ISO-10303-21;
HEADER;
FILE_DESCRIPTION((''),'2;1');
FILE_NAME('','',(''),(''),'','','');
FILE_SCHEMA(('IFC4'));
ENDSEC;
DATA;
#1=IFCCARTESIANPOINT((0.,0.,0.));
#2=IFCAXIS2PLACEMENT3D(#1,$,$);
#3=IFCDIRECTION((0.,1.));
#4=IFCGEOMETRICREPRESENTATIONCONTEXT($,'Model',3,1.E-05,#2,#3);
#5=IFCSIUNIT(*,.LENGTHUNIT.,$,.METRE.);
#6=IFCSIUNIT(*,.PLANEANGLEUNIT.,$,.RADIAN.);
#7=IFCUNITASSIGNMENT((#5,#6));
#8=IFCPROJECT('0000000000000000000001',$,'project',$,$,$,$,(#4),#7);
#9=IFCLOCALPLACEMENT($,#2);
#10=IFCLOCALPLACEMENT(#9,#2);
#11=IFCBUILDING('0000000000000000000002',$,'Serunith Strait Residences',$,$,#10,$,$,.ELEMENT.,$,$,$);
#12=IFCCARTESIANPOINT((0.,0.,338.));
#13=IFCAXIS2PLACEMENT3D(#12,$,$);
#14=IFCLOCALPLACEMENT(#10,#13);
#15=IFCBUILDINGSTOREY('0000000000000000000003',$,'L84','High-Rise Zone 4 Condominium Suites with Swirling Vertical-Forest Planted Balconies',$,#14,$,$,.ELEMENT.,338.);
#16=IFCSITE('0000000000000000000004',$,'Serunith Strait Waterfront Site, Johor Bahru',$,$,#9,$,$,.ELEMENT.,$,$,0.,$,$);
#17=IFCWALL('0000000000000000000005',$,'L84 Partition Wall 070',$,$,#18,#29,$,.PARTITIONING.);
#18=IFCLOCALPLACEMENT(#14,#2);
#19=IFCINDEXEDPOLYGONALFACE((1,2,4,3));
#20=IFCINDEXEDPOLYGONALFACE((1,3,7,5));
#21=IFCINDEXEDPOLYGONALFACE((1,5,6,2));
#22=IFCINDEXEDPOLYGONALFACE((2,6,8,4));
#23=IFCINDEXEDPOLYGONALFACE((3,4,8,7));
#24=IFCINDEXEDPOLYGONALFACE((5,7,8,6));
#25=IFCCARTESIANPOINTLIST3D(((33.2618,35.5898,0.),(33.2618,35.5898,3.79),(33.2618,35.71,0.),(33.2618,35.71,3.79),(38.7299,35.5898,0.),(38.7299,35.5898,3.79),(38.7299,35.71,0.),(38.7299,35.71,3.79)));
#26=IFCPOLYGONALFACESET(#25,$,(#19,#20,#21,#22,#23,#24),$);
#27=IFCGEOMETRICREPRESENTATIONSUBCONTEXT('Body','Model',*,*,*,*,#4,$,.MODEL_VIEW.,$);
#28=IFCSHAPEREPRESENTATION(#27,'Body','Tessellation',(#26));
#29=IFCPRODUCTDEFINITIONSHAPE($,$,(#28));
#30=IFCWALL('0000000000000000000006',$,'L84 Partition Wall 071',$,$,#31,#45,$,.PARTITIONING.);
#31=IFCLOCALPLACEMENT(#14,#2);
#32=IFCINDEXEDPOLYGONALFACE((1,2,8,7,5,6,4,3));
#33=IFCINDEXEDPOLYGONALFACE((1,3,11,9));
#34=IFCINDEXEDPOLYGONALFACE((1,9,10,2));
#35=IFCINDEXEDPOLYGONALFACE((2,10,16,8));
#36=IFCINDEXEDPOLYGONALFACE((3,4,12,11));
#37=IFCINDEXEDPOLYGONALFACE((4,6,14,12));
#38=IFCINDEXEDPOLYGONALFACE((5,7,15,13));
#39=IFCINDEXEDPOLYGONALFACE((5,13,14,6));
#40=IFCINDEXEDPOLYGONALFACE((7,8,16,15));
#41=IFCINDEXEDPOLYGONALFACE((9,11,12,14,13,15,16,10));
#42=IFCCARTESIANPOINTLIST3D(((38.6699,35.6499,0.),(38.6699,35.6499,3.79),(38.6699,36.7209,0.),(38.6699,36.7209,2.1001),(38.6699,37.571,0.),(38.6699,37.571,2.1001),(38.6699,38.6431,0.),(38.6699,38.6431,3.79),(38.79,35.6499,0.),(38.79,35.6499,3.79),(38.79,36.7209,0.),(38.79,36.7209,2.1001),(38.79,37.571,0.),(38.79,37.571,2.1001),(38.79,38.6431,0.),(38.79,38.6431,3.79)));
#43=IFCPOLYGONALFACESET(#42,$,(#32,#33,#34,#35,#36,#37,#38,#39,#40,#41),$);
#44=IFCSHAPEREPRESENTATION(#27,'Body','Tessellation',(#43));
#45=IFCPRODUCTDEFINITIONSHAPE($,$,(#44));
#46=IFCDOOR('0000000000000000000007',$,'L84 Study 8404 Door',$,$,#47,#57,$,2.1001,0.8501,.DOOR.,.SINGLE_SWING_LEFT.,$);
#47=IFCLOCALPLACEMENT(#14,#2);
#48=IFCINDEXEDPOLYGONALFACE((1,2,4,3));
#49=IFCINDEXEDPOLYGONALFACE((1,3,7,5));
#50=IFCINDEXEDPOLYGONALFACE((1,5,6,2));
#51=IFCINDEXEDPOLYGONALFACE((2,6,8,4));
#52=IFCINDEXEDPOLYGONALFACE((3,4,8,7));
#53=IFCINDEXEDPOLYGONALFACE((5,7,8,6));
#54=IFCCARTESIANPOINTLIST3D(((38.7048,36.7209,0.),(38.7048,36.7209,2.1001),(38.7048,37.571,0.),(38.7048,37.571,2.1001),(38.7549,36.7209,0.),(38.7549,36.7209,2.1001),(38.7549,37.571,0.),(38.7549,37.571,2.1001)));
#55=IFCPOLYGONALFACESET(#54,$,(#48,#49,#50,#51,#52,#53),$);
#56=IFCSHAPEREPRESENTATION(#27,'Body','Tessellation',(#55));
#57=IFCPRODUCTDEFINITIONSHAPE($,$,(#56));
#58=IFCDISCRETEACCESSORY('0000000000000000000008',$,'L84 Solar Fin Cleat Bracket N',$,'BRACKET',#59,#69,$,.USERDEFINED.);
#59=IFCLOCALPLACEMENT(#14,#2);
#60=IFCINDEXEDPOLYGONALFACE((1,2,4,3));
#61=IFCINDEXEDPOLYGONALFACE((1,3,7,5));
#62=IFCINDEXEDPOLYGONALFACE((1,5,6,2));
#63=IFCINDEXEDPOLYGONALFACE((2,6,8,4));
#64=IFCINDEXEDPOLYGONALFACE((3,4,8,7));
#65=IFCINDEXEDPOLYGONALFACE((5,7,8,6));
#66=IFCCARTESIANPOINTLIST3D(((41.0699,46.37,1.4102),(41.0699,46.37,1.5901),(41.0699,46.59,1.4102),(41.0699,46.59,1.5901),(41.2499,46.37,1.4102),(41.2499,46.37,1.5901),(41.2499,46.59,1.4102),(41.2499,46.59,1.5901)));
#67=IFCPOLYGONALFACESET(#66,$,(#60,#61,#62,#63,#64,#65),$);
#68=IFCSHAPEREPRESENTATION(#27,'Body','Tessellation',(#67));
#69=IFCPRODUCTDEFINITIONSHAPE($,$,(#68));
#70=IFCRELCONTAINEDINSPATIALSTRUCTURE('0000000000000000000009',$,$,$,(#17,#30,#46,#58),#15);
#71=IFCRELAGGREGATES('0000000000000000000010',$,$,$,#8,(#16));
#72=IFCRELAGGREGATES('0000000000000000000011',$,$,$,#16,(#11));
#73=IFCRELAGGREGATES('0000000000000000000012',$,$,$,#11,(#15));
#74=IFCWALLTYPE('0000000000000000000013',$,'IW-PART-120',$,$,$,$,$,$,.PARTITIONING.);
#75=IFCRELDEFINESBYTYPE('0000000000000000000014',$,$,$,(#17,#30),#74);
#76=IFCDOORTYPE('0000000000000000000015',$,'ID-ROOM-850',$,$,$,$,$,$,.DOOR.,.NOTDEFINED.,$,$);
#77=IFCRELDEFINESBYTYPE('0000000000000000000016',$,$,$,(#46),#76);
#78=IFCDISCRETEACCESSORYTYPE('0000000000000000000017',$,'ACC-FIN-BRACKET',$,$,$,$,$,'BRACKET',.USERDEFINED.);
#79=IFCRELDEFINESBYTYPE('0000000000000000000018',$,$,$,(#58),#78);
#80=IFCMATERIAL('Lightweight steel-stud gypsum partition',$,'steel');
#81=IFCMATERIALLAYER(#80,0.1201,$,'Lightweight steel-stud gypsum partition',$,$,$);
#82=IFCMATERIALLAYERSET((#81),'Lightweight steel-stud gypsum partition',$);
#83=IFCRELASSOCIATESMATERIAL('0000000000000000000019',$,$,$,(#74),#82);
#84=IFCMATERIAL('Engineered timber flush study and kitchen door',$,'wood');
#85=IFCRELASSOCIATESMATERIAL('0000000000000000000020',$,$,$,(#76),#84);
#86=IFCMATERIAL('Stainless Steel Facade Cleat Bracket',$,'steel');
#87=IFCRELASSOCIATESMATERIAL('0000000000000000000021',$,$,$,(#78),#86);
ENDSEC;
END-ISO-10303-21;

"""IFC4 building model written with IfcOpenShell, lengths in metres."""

from ifc_helpers import new_model, si_unit, direction, frame, frame_2d, origin, origin_2d, place, context, subcontext, project, spatial, rectangle, extrude, source, transform, mapped, material, layer, layer_set, type_object, element, fill, save


model = new_model("IFC4")

# Units and contexts
model_context = context("Model", 3, precision=1e-05, world=origin(), true_north=direction((0.0, 1.0)))
body_context = subcontext(model_context, "Body", "Model", "MODEL_VIEW")
ifc_project = project(units=[si_unit("LENGTHUNIT", "METRE"), si_unit("PLANEANGLEUNIT", "RADIAN")], contexts=[model_context])

# Site, building, storey
site_placement = place(None, origin())
site = spatial("IfcSite", under=ifc_project, at=site_placement, Name="Serunith Strait Waterfront Site, Johor Bahru", CompositionType="ELEMENT", RefElevation=0.0)
building_placement = place(site_placement, origin())
building = spatial("IfcBuilding", under=site, at=building_placement, Name="Serunith Strait Residences", CompositionType="ELEMENT")
storey_placement = place(building_placement, frame((0.0, 0.0, 338.0)))
storey = spatial("IfcBuildingStorey", under=building, at=storey_placement, Name="L84", Description="High-Rise Zone 4 Condominium Suites with Swirling Vertical-Forest Planted Balconies", CompositionType="ELEMENT", Elevation=338.0)

# Shared definitions
ifc_material_1 = material(Name="Lightweight steel-stud gypsum partition", Category="steel")
ifc_layer_1 = layer(ifc_material_1, 0.1201, Name="Lightweight steel-stud gypsum partition")
ifc_layer_set_1 = layer_set([ifc_layer_1], Name="Lightweight steel-stud gypsum partition")
wall_type = type_object("IfcWallType", Name="IW-PART-120", PredefinedType="PARTITIONING", material=ifc_layer_set_1)
ifc_material_2 = material(Name="Engineered timber flush study and kitchen door", Category="wood")
door_type_1 = type_object("IfcDoorType", Name="ID-ROOM-850", OperationType="NOTDEFINED", PredefinedType="DOOR", material=ifc_material_2)
shared_shape_1 = source(origin(), body_context, "Body", "SweptSolid", [
    extrude(rectangle(XDim=0.8501, YDim=2.1001, at=frame_2d((0.425, 1.05))), frame((0.0, 0.0249, 0.0), z_axis=(0.0, -1.0, 0.0), x_axis=(1.0, 0.0, 0.0)), (0.0, 0.0, 1.0), 0.05),
])

# Wall
wall_1_placement = place(storey_placement, frame((33.262, 35.6499, 0.0), z_axis=(0.0, 0.0, 1.0), x_axis=(1.0, 0.0, 0.0)))
element("IfcWall", 1, at=wall_1_placement, inside=storey, type_object=wall_type, Name="L84 Partition Wall 070", PredefinedType="PARTITIONING", context=body_context, shape_type="SweptSolid", body=[
    extrude(rectangle(XDim=5.468, YDim=0.1201, at=frame_2d((2.7339, 0.0))), origin(), (0.0, 0.0, 1.0), 3.79),
])

# Wall, opening, door
wall_2_placement = place(storey_placement, frame((38.73, 38.6431, 0.0), z_axis=(0.0, 0.0, 1.0), x_axis=(0.0, -1.0, 0.0)))
wall_2 = element("IfcWall", 2, at=wall_2_placement, inside=storey, type_object=wall_type, Name="L84 Partition Wall 071", PredefinedType="PARTITIONING", context=body_context, shape_type="SweptSolid", body=[
    extrude(rectangle(XDim=2.9932, YDim=0.1201, at=frame_2d((1.4966, 0.0))), origin(), (0.0, 0.0, 1.0), 3.79),
])
opening_1_placement = place(wall_2_placement, frame((1.072, 0.0, 0.0)))
opening_1 = element("IfcOpeningElement", 3, at=opening_1_placement, cuts=wall_2, PredefinedType="OPENING", context=body_context, shape_type="SweptSolid", body=[
    extrude(rectangle(XDim=0.8501, YDim=2.1001, at=frame_2d((0.425, 1.05))), frame((0.0, 0.0701, 0.0), z_axis=(0.0, -1.0, 0.0), x_axis=(1.0, 0.0, 0.0)), (0.0, 0.0, 1.0), 0.1401),
])
door_1_placement = place(opening_1_placement, origin())
door_1 = element("IfcDoor", 4, at=door_1_placement, inside=storey, type_object=door_type_1, Name="L84 Study 8404 Door", OperationType="SINGLE_SWING_LEFT", OverallHeight=2.1001, OverallWidth=0.8501, PredefinedType="DOOR", context=body_context, shape_type="MappedRepresentation", body=[
    mapped(shared_shape_1, transform((0.0, 0.0, 0.0), scale=1.0)),
])
fill(opening_1, door_1)

# Discrete accessory
ifc_material_3 = material(Name="Stainless Steel Facade Cleat Bracket", Category="steel")
discrete_accessory_type = type_object("IfcDiscreteAccessoryType", Name="ACC-FIN-BRACKET", ElementType="BRACKET", PredefinedType="USERDEFINED", material=ifc_material_3)
shared_shape_2 = source(origin(), body_context, "Body", "SweptSolid", [
    extrude(rectangle(XDim=0.1799, YDim=0.22, at=origin_2d()), origin(), (0.0, 0.0, 1.0), 0.1799),
])
discrete_accessory_placement = place(storey_placement, frame((41.1599, 46.48, 1.4102), z_axis=(0.0, 0.0, 1.0), x_axis=(1.0, 0.0, 0.0)))
element("IfcDiscreteAccessory", 5, at=discrete_accessory_placement, inside=storey, type_object=discrete_accessory_type, Name="L84 Solar Fin Cleat Bracket N", ObjectType="BRACKET", PredefinedType="USERDEFINED", context=body_context, shape_type="MappedRepresentation", body=[
    mapped(shared_shape_2, transform((0.0, 0.0, 0.0), scale=1.0)),
])

save(model, "model.ifc")
